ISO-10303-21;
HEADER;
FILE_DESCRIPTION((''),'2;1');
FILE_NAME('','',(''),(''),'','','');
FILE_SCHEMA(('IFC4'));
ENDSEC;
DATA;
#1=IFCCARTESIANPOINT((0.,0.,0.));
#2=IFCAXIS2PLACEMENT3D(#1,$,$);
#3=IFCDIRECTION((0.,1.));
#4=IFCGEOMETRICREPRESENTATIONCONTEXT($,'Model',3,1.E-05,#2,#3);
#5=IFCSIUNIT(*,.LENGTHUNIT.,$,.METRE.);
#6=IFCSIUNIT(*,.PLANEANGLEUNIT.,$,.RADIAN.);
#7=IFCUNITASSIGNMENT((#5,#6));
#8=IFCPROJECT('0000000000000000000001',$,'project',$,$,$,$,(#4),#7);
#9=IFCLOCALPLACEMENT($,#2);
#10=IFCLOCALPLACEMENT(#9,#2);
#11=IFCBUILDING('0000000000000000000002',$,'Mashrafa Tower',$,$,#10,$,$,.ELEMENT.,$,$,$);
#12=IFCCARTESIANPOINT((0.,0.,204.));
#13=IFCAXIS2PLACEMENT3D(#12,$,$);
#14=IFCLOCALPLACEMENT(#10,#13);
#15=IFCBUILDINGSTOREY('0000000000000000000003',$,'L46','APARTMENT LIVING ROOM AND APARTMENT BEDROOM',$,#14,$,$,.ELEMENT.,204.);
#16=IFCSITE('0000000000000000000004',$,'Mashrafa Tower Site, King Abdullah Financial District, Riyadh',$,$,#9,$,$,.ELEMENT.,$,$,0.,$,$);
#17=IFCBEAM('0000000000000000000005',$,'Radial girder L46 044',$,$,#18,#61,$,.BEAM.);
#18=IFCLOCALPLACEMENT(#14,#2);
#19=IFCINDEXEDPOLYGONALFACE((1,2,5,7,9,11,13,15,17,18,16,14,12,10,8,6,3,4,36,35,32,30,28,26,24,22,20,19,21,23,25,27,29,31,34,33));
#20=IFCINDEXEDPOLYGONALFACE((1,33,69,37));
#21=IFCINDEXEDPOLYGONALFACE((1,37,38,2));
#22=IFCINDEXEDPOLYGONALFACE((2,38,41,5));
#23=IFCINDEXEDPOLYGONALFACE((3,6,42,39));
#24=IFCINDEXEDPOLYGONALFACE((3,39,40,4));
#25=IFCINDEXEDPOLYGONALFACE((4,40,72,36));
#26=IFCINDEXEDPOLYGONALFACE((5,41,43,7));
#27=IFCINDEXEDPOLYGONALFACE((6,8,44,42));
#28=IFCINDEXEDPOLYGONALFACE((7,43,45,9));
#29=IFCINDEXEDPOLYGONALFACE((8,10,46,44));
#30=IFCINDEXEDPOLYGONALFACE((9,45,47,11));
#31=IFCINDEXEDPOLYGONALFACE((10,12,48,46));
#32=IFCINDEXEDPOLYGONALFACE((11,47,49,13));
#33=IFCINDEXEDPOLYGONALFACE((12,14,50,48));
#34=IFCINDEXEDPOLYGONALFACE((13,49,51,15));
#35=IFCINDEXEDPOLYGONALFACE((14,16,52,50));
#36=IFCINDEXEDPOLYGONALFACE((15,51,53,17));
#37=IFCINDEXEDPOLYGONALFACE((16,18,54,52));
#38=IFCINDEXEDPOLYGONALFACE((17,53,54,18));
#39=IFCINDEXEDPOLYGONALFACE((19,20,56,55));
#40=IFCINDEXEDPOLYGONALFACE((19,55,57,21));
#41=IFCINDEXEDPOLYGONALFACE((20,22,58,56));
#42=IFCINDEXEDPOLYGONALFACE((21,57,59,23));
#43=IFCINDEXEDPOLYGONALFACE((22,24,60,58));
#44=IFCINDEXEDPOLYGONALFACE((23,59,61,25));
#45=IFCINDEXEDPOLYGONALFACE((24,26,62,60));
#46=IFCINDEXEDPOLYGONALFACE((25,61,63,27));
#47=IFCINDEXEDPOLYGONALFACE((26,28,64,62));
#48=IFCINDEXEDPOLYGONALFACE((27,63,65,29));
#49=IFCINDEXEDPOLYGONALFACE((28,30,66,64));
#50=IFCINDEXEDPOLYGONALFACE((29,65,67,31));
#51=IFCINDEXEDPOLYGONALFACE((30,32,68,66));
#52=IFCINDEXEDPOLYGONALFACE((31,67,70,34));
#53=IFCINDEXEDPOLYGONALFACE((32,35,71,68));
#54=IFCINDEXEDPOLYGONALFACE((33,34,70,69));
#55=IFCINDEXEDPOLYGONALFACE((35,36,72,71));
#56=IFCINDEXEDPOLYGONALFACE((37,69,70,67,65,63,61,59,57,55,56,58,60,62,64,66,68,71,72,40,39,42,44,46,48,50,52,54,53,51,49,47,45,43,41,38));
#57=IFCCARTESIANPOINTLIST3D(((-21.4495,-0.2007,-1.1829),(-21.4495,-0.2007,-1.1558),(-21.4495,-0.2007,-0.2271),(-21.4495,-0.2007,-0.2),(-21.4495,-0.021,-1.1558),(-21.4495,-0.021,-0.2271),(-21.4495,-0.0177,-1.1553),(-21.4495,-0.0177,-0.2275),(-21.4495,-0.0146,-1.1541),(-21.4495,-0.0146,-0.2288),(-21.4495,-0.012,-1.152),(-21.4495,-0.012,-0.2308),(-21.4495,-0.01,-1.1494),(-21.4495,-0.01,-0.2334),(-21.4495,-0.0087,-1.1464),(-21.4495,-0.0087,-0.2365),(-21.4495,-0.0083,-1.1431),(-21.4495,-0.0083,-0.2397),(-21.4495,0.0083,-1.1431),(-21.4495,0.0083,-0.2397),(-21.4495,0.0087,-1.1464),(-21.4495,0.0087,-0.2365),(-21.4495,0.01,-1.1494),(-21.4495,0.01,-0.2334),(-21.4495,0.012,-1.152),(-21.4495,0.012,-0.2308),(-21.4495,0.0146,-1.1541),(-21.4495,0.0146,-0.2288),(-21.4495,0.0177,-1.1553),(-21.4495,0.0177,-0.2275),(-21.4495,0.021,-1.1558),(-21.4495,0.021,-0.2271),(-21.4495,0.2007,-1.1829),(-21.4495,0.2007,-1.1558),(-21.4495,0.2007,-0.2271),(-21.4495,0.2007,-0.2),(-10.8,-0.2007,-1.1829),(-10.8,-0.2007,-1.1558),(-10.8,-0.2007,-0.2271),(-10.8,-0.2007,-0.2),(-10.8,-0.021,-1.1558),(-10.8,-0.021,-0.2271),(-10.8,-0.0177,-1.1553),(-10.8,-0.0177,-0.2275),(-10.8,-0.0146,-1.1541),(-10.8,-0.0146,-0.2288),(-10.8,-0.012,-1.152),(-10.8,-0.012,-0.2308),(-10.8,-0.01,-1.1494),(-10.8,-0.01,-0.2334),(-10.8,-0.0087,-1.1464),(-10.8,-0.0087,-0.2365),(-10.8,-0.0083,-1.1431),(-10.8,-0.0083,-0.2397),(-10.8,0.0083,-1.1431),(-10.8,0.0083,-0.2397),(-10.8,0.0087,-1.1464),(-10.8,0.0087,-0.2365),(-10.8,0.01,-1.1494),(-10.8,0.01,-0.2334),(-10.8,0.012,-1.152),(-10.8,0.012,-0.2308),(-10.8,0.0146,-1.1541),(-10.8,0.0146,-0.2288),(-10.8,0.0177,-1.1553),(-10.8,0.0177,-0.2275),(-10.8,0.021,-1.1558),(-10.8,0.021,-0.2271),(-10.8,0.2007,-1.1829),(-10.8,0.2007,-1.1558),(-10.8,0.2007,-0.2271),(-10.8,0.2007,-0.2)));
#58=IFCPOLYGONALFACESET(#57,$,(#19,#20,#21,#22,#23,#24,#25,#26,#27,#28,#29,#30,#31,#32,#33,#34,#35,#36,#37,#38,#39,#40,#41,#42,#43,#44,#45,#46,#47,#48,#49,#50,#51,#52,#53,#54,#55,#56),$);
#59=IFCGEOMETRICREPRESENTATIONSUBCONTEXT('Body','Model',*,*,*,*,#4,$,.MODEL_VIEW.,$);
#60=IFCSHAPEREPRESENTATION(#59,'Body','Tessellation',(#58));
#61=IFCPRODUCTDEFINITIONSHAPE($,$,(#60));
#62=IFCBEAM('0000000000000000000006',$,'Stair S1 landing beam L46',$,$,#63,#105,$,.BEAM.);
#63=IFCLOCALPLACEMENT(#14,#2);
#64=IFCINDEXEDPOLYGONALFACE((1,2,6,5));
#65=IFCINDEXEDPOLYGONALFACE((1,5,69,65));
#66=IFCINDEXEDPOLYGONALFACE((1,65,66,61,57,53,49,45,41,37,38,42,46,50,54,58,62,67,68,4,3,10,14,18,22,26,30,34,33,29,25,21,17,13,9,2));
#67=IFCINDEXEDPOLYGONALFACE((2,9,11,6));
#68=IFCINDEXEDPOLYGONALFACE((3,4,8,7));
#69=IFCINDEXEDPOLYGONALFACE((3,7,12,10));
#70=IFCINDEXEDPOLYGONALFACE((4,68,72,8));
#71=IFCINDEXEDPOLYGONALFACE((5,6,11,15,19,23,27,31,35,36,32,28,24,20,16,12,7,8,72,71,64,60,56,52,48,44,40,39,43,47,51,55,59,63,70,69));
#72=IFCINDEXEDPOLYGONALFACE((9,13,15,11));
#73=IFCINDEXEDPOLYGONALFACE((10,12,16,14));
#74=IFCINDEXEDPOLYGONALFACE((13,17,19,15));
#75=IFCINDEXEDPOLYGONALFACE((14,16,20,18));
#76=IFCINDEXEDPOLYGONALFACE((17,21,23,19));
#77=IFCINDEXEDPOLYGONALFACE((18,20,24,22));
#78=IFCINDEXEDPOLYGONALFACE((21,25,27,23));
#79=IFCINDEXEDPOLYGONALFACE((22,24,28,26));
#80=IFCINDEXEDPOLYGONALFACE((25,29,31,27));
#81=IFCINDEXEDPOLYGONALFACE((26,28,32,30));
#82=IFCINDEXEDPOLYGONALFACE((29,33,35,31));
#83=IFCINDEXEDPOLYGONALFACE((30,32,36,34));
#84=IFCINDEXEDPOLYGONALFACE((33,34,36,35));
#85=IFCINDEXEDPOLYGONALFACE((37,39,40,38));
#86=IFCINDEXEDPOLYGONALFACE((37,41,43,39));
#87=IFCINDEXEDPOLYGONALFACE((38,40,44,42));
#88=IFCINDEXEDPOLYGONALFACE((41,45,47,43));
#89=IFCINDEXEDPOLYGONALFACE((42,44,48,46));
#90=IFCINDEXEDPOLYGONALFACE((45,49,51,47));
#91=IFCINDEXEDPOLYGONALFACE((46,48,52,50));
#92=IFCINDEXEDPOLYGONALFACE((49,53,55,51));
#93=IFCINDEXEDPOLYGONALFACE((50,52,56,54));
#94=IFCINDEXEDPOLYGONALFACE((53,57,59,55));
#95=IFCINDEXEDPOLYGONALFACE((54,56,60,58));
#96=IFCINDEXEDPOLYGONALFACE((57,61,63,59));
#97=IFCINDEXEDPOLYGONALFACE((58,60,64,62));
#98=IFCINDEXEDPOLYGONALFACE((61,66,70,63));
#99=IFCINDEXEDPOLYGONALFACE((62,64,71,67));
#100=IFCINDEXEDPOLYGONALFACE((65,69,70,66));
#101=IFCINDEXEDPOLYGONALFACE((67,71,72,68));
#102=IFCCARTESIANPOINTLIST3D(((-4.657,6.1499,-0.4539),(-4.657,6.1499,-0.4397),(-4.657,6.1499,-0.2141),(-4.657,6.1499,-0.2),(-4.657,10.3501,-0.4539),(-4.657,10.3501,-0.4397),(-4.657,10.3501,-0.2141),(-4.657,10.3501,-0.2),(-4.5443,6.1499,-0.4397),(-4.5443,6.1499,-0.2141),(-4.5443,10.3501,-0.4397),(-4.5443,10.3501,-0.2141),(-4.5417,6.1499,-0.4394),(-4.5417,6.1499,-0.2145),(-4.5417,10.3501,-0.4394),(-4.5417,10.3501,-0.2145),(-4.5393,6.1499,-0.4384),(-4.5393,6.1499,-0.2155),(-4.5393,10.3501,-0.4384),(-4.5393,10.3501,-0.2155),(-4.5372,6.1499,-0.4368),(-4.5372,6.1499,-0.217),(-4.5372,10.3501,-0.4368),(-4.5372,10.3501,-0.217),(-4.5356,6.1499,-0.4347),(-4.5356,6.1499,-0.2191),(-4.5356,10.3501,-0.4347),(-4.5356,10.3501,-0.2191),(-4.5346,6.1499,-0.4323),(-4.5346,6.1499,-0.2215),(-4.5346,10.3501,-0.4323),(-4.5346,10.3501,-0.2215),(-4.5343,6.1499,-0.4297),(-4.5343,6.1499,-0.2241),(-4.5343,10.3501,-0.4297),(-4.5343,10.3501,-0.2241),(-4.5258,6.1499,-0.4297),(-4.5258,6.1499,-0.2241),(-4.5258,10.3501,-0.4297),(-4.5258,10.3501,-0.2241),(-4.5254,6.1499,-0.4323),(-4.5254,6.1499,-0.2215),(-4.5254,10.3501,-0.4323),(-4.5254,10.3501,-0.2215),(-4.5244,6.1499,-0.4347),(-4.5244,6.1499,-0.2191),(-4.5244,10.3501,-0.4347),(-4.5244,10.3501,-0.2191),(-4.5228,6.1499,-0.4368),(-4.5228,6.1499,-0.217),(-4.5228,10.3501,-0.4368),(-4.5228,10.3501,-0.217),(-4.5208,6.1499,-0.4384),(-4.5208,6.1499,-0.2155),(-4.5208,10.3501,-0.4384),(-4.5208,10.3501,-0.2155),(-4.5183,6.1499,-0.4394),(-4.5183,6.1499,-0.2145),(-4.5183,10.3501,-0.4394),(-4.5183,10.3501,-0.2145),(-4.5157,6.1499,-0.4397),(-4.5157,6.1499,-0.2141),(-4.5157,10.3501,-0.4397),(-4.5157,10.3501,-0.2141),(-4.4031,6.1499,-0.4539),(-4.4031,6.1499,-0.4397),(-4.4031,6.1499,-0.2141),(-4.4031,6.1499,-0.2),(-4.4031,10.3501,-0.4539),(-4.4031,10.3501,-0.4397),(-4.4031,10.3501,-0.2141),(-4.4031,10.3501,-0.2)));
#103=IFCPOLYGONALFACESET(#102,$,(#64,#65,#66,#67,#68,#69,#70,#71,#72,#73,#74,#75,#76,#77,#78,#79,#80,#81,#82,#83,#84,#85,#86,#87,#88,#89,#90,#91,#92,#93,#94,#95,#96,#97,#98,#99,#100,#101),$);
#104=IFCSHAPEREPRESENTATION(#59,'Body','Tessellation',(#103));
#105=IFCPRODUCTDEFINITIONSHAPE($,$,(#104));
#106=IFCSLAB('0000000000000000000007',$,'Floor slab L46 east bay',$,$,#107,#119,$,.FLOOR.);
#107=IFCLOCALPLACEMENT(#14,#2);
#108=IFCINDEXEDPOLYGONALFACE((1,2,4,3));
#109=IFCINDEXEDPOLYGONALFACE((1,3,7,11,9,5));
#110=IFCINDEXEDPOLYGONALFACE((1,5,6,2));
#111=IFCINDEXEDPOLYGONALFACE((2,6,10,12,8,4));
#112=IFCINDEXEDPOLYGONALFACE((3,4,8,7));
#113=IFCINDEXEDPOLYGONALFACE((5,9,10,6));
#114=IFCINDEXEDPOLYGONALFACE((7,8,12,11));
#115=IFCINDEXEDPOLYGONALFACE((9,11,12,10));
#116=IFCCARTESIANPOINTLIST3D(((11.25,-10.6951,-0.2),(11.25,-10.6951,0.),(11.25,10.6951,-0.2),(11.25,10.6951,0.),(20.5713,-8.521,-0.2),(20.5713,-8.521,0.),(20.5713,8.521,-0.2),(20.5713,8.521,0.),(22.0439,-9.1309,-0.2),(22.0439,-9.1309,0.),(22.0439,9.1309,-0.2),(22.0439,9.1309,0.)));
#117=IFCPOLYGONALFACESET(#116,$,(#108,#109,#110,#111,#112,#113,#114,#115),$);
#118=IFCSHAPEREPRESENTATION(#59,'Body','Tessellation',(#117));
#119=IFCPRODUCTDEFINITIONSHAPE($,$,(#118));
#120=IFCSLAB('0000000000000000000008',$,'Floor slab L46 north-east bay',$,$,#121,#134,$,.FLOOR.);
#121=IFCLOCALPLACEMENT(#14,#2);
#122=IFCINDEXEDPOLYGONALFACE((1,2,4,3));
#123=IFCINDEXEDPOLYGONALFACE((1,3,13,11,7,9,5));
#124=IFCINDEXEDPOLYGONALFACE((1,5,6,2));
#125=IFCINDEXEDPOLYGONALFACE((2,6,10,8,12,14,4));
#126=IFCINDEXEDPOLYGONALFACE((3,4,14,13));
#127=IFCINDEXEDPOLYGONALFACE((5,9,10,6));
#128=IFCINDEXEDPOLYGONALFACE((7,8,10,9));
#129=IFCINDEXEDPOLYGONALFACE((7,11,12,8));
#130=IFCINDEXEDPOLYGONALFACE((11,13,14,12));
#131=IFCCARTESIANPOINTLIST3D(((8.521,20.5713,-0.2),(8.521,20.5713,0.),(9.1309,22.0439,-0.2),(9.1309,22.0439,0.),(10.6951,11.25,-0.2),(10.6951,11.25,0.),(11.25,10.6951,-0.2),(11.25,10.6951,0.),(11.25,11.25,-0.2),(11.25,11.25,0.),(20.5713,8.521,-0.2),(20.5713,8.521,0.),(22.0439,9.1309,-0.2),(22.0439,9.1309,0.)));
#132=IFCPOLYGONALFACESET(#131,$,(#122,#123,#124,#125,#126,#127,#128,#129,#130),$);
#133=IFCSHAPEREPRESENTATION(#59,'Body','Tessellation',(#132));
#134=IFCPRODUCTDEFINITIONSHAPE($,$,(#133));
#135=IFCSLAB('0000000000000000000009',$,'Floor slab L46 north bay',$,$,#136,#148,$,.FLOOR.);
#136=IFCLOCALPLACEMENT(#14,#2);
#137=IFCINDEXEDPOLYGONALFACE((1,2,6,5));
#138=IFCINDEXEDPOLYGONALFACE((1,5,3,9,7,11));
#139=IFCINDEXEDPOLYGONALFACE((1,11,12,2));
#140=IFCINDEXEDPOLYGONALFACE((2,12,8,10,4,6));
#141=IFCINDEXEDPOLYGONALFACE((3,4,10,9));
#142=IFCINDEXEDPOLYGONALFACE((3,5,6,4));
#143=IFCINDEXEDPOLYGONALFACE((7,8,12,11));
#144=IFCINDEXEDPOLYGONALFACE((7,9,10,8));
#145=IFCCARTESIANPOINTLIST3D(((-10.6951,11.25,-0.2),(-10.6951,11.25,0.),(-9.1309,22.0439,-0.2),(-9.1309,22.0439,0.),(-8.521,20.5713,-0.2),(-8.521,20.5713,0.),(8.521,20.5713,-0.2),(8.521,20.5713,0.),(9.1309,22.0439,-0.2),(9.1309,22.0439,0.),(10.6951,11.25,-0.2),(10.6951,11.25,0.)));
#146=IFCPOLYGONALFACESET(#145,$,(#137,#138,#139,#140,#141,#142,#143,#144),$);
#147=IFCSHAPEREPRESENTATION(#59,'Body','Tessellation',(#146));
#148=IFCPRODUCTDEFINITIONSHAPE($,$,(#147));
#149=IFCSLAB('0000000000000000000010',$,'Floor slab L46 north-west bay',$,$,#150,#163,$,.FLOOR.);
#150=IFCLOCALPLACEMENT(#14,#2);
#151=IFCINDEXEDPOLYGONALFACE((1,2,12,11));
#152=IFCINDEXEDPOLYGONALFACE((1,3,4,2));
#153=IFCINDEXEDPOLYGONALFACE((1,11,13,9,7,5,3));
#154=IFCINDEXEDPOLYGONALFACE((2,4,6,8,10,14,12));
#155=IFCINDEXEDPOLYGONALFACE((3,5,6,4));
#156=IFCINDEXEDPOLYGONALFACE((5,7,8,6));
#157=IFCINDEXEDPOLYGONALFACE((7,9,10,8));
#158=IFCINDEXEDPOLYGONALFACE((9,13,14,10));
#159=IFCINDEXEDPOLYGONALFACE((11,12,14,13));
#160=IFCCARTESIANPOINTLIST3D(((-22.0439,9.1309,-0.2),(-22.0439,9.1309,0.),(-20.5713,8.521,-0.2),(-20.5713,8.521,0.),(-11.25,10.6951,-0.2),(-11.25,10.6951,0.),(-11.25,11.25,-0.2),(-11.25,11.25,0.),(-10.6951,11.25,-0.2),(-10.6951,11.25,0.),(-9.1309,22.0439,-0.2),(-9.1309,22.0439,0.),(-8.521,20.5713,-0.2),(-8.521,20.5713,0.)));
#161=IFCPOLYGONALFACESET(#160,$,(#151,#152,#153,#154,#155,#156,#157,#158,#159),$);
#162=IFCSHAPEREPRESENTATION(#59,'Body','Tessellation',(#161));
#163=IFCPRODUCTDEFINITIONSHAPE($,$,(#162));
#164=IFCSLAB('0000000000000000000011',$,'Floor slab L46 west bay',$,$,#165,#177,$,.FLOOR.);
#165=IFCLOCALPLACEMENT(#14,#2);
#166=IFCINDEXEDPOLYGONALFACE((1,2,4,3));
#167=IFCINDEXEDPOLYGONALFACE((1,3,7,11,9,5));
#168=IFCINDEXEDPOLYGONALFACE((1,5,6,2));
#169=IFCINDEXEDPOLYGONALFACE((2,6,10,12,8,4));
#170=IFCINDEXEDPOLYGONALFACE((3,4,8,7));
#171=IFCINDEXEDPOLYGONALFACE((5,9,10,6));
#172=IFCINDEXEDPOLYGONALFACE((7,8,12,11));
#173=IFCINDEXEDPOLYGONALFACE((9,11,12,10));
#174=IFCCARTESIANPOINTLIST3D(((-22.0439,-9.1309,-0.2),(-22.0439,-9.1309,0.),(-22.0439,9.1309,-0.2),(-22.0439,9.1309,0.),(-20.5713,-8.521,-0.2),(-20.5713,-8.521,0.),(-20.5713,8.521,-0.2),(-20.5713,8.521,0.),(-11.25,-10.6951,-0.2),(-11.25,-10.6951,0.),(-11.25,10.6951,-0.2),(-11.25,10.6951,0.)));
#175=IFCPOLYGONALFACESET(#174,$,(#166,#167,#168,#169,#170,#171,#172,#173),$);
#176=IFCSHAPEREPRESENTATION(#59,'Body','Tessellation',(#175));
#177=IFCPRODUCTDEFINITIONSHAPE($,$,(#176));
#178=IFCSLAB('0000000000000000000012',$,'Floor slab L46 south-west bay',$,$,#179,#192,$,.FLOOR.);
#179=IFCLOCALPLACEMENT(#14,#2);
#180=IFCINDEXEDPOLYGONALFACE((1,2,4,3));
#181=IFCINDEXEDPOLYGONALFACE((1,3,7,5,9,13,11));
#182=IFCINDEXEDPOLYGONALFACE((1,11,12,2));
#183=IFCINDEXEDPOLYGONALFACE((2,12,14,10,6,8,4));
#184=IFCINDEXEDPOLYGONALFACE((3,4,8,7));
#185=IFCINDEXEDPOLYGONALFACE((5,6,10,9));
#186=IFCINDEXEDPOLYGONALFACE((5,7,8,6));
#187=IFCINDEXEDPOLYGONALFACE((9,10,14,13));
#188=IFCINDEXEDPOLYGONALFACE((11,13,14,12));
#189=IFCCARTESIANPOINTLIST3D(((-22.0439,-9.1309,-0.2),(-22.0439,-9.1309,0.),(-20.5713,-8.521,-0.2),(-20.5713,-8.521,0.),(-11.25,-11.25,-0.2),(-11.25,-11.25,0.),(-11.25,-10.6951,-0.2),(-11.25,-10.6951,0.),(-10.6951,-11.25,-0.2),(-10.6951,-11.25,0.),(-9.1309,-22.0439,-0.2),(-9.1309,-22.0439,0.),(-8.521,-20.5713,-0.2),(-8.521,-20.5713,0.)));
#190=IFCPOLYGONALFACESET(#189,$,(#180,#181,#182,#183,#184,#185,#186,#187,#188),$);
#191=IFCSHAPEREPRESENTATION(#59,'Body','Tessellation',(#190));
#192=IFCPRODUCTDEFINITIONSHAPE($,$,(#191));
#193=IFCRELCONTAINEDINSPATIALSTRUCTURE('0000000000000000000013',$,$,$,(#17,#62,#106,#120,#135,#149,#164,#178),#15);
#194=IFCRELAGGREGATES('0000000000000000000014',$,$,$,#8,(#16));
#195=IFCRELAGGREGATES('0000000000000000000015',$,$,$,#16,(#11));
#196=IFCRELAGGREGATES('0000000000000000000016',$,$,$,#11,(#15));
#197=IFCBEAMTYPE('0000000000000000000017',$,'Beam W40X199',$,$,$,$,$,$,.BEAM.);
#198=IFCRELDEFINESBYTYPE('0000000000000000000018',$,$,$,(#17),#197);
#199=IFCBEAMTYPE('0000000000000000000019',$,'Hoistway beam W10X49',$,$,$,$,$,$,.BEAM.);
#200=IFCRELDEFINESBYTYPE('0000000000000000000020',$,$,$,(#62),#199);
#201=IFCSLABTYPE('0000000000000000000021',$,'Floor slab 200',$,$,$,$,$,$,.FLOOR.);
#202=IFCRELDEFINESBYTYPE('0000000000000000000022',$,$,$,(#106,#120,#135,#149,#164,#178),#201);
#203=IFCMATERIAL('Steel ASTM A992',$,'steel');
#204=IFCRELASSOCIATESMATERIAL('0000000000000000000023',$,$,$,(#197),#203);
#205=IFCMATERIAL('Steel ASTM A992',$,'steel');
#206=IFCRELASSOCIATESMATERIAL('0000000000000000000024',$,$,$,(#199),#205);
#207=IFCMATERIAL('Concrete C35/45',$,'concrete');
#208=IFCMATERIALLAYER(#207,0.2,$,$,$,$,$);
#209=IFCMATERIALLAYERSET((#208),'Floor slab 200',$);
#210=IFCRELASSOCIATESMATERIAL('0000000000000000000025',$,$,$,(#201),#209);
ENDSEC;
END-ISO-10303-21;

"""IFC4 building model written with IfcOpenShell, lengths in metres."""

from ifc_helpers import new_model, si_unit, direction, frame, origin, origin_2d, place, context, subcontext, project, spatial, polyline, i_section, outline, extrude, material, layer, layer_set, material_profile, profile_set, type_object, element, save


model = new_model("IFC4")

# Units and contexts
model_context = context("Model", 3, precision=1e-05, world=origin(), true_north=direction((0.0, 1.0)))
body_context = subcontext(model_context, "Body", "Model", "MODEL_VIEW")
ifc_project = project(units=[si_unit("LENGTHUNIT", "METRE"), si_unit("PLANEANGLEUNIT", "RADIAN")], contexts=[model_context])

# Site, building, storey
site_placement = place(None, origin())
site = spatial("IfcSite", under=ifc_project, at=site_placement, Name="Mashrafa Tower Site, King Abdullah Financial District, Riyadh", CompositionType="ELEMENT", RefElevation=0.0)
building_placement = place(site_placement, origin())
building = spatial("IfcBuilding", under=site, at=building_placement, Name="Mashrafa Tower", CompositionType="ELEMENT")
storey_placement = place(building_placement, frame((0.0, 0.0, 204.0)))
storey = spatial("IfcBuildingStorey", under=building, at=storey_placement, Name="L46", Description="APARTMENT LIVING ROOM AND APARTMENT BEDROOM", CompositionType="ELEMENT", Elevation=204.0)

# Beams
ifc_material_1 = material(Name="Steel ASTM A992", Category="steel")
ifc_material_profile_1 = material_profile(ifc_material_1, i_section(OverallWidth=0.4014, OverallDepth=0.9829, WebThickness=0.0166, FlangeThickness=0.0271, FilletRadius=0.0127, at=origin_2d()), Name="W40X199")
ifc_profile_set_1 = profile_set([ifc_material_profile_1], Name="Steel ASTM A992")
beam_type_1 = type_object("IfcBeamType", Name="Beam W40X199", PredefinedType="BEAM", material=ifc_profile_set_1)
beam_1_placement = place(storey_placement, frame((-10.8, 0.0, -0.6914), z_axis=(-1.0, 0.0, 0.0), x_axis=(0.0, -1.0, 0.0)))
element("IfcBeam", 1, at=beam_1_placement, inside=storey, type_object=beam_type_1, Name="Radial girder L46 044", PredefinedType="BEAM", context=body_context, shape_type="SweptSolid", body=[
    extrude(i_section(OverallWidth=0.4014, OverallDepth=0.9829, WebThickness=0.0166, FlangeThickness=0.0271, FilletRadius=0.0127, at=origin_2d()), origin(), (0.0, 0.0, 1.0), 10.6494),
])
ifc_material_2 = material(Name="Steel ASTM A992", Category="steel")
ifc_material_profile_2 = material_profile(ifc_material_2, i_section(OverallWidth=0.2539, OverallDepth=0.2539, WebThickness=0.0085, FlangeThickness=0.0142, FilletRadius=0.01, at=origin_2d()), Name="W10X49")
ifc_profile_set_2 = profile_set([ifc_material_profile_2], Name="Steel ASTM A992")
beam_type_2 = type_object("IfcBeamType", Name="Hoistway beam W10X49", PredefinedType="BEAM", material=ifc_profile_set_2)
beam_2_placement = place(storey_placement, frame((-4.53, 6.1499, -0.3269), z_axis=(0.0, 1.0, 0.0), x_axis=(-1.0, 0.0, 0.0)))
element("IfcBeam", 2, at=beam_2_placement, inside=storey, type_object=beam_type_2, Name="Stair S1 landing beam L46", PredefinedType="BEAM", context=body_context, shape_type="SweptSolid", body=[
    extrude(i_section(OverallWidth=0.2539, OverallDepth=0.2539, WebThickness=0.0085, FlangeThickness=0.0142, FilletRadius=0.01, at=origin_2d()), origin(), (0.0, 0.0, 1.0), 4.2002),
])

# Slabs
ifc_material_3 = material(Name="Concrete C35/45", Category="concrete")
ifc_layer_1 = layer(ifc_material_3, 0.2)
ifc_layer_set_1 = layer_set([ifc_layer_1], Name="Floor slab 200")
slab_type = type_object("IfcSlabType", Name="Floor slab 200", PredefinedType="FLOOR", material=ifc_layer_set_1)
slab_1_placement = place(storey_placement, frame((0.0, 0.0, -0.2)))
element("IfcSlab", 3, at=slab_1_placement, inside=storey, type_object=slab_type, Name="Floor slab L46 east bay", PredefinedType="FLOOR", context=body_context, shape_type="SweptSolid", body=[
    extrude(outline(polyline([(22.0439, -9.1309), (20.5713, -8.521), (11.25, -10.6951), (11.25, 10.6951), (20.5713, 8.521), (22.0439, 9.1309), (22.0439, -9.1309)])), origin(), (0.0, 0.0, 1.0), 0.2),
])
slab_2_placement = place(storey_placement, frame((0.0, 0.0, -0.2)))
element("IfcSlab", 4, at=slab_2_placement, inside=storey, type_object=slab_type, Name="Floor slab L46 north-east bay", PredefinedType="FLOOR", context=body_context, shape_type="SweptSolid", body=[
    extrude(outline(polyline([(9.1309, 22.0439), (22.0439, 9.1309), (22.0439, 9.1309), (20.5713, 8.521), (11.25, 10.6951), (11.25, 11.25), (10.6951, 11.25), (8.521, 20.5713), (9.1309, 22.0439), (9.1309, 22.0439)])), origin(), (0.0, 0.0, 1.0), 0.2),
])
slab_3_placement = place(storey_placement, frame((0.0, 0.0, -0.2)))
element("IfcSlab", 5, at=slab_3_placement, inside=storey, type_object=slab_type, Name="Floor slab L46 north bay", PredefinedType="FLOOR", context=body_context, shape_type="SweptSolid", body=[
    extrude(outline(polyline([(9.1309, 22.0439), (8.521, 20.5713), (10.6951, 11.25), (-10.6951, 11.25), (-8.521, 20.5713), (-9.1309, 22.0439), (9.1309, 22.0439)])), origin(), (0.0, 0.0, 1.0), 0.2),
])
slab_4_placement = place(storey_placement, frame((0.0, 0.0, -0.2)))
element("IfcSlab", 6, at=slab_4_placement, inside=storey, type_object=slab_type, Name="Floor slab L46 north-west bay", PredefinedType="FLOOR", context=body_context, shape_type="SweptSolid", body=[
    extrude(outline(polyline([(-22.0439, 9.1309), (-9.1309, 22.0439), (-9.1309, 22.0439), (-8.521, 20.5713), (-10.6951, 11.25), (-11.25, 11.25), (-11.25, 10.6951), (-20.5713, 8.521), (-22.0439, 9.1309), (-22.0439, 9.1309)])), origin(), (0.0, 0.0, 1.0), 0.2),
])
slab_5_placement = place(storey_placement, frame((0.0, 0.0, -0.2)))
element("IfcSlab", 7, at=slab_5_placement, inside=storey, type_object=slab_type, Name="Floor slab L46 west bay", PredefinedType="FLOOR", context=body_context, shape_type="SweptSolid", body=[
    extrude(outline(polyline([(-22.0439, 9.1309), (-20.5713, 8.521), (-11.25, 10.6951), (-11.25, -10.6951), (-20.5713, -8.521), (-22.0439, -9.1309), (-22.0439, 9.1309)])), origin(), (0.0, 0.0, 1.0), 0.2),
])
slab_6_placement = place(storey_placement, frame((0.0, 0.0, -0.2)))
element("IfcSlab", 8, at=slab_6_placement, inside=storey, type_object=slab_type, Name="Floor slab L46 south-west bay", PredefinedType="FLOOR", context=body_context, shape_type="SweptSolid", body=[
    extrude(outline(polyline([(-9.1309, -22.0439), (-22.0439, -9.1309), (-22.0439, -9.1309), (-20.5713, -8.521), (-11.25, -10.6951), (-11.25, -11.25), (-10.6951, -11.25), (-8.521, -20.5713), (-9.1309, -22.0439), (-9.1309, -22.0439)])), origin(), (0.0, 0.0, 1.0), 0.2),
])

save(model, "model.ifc")
